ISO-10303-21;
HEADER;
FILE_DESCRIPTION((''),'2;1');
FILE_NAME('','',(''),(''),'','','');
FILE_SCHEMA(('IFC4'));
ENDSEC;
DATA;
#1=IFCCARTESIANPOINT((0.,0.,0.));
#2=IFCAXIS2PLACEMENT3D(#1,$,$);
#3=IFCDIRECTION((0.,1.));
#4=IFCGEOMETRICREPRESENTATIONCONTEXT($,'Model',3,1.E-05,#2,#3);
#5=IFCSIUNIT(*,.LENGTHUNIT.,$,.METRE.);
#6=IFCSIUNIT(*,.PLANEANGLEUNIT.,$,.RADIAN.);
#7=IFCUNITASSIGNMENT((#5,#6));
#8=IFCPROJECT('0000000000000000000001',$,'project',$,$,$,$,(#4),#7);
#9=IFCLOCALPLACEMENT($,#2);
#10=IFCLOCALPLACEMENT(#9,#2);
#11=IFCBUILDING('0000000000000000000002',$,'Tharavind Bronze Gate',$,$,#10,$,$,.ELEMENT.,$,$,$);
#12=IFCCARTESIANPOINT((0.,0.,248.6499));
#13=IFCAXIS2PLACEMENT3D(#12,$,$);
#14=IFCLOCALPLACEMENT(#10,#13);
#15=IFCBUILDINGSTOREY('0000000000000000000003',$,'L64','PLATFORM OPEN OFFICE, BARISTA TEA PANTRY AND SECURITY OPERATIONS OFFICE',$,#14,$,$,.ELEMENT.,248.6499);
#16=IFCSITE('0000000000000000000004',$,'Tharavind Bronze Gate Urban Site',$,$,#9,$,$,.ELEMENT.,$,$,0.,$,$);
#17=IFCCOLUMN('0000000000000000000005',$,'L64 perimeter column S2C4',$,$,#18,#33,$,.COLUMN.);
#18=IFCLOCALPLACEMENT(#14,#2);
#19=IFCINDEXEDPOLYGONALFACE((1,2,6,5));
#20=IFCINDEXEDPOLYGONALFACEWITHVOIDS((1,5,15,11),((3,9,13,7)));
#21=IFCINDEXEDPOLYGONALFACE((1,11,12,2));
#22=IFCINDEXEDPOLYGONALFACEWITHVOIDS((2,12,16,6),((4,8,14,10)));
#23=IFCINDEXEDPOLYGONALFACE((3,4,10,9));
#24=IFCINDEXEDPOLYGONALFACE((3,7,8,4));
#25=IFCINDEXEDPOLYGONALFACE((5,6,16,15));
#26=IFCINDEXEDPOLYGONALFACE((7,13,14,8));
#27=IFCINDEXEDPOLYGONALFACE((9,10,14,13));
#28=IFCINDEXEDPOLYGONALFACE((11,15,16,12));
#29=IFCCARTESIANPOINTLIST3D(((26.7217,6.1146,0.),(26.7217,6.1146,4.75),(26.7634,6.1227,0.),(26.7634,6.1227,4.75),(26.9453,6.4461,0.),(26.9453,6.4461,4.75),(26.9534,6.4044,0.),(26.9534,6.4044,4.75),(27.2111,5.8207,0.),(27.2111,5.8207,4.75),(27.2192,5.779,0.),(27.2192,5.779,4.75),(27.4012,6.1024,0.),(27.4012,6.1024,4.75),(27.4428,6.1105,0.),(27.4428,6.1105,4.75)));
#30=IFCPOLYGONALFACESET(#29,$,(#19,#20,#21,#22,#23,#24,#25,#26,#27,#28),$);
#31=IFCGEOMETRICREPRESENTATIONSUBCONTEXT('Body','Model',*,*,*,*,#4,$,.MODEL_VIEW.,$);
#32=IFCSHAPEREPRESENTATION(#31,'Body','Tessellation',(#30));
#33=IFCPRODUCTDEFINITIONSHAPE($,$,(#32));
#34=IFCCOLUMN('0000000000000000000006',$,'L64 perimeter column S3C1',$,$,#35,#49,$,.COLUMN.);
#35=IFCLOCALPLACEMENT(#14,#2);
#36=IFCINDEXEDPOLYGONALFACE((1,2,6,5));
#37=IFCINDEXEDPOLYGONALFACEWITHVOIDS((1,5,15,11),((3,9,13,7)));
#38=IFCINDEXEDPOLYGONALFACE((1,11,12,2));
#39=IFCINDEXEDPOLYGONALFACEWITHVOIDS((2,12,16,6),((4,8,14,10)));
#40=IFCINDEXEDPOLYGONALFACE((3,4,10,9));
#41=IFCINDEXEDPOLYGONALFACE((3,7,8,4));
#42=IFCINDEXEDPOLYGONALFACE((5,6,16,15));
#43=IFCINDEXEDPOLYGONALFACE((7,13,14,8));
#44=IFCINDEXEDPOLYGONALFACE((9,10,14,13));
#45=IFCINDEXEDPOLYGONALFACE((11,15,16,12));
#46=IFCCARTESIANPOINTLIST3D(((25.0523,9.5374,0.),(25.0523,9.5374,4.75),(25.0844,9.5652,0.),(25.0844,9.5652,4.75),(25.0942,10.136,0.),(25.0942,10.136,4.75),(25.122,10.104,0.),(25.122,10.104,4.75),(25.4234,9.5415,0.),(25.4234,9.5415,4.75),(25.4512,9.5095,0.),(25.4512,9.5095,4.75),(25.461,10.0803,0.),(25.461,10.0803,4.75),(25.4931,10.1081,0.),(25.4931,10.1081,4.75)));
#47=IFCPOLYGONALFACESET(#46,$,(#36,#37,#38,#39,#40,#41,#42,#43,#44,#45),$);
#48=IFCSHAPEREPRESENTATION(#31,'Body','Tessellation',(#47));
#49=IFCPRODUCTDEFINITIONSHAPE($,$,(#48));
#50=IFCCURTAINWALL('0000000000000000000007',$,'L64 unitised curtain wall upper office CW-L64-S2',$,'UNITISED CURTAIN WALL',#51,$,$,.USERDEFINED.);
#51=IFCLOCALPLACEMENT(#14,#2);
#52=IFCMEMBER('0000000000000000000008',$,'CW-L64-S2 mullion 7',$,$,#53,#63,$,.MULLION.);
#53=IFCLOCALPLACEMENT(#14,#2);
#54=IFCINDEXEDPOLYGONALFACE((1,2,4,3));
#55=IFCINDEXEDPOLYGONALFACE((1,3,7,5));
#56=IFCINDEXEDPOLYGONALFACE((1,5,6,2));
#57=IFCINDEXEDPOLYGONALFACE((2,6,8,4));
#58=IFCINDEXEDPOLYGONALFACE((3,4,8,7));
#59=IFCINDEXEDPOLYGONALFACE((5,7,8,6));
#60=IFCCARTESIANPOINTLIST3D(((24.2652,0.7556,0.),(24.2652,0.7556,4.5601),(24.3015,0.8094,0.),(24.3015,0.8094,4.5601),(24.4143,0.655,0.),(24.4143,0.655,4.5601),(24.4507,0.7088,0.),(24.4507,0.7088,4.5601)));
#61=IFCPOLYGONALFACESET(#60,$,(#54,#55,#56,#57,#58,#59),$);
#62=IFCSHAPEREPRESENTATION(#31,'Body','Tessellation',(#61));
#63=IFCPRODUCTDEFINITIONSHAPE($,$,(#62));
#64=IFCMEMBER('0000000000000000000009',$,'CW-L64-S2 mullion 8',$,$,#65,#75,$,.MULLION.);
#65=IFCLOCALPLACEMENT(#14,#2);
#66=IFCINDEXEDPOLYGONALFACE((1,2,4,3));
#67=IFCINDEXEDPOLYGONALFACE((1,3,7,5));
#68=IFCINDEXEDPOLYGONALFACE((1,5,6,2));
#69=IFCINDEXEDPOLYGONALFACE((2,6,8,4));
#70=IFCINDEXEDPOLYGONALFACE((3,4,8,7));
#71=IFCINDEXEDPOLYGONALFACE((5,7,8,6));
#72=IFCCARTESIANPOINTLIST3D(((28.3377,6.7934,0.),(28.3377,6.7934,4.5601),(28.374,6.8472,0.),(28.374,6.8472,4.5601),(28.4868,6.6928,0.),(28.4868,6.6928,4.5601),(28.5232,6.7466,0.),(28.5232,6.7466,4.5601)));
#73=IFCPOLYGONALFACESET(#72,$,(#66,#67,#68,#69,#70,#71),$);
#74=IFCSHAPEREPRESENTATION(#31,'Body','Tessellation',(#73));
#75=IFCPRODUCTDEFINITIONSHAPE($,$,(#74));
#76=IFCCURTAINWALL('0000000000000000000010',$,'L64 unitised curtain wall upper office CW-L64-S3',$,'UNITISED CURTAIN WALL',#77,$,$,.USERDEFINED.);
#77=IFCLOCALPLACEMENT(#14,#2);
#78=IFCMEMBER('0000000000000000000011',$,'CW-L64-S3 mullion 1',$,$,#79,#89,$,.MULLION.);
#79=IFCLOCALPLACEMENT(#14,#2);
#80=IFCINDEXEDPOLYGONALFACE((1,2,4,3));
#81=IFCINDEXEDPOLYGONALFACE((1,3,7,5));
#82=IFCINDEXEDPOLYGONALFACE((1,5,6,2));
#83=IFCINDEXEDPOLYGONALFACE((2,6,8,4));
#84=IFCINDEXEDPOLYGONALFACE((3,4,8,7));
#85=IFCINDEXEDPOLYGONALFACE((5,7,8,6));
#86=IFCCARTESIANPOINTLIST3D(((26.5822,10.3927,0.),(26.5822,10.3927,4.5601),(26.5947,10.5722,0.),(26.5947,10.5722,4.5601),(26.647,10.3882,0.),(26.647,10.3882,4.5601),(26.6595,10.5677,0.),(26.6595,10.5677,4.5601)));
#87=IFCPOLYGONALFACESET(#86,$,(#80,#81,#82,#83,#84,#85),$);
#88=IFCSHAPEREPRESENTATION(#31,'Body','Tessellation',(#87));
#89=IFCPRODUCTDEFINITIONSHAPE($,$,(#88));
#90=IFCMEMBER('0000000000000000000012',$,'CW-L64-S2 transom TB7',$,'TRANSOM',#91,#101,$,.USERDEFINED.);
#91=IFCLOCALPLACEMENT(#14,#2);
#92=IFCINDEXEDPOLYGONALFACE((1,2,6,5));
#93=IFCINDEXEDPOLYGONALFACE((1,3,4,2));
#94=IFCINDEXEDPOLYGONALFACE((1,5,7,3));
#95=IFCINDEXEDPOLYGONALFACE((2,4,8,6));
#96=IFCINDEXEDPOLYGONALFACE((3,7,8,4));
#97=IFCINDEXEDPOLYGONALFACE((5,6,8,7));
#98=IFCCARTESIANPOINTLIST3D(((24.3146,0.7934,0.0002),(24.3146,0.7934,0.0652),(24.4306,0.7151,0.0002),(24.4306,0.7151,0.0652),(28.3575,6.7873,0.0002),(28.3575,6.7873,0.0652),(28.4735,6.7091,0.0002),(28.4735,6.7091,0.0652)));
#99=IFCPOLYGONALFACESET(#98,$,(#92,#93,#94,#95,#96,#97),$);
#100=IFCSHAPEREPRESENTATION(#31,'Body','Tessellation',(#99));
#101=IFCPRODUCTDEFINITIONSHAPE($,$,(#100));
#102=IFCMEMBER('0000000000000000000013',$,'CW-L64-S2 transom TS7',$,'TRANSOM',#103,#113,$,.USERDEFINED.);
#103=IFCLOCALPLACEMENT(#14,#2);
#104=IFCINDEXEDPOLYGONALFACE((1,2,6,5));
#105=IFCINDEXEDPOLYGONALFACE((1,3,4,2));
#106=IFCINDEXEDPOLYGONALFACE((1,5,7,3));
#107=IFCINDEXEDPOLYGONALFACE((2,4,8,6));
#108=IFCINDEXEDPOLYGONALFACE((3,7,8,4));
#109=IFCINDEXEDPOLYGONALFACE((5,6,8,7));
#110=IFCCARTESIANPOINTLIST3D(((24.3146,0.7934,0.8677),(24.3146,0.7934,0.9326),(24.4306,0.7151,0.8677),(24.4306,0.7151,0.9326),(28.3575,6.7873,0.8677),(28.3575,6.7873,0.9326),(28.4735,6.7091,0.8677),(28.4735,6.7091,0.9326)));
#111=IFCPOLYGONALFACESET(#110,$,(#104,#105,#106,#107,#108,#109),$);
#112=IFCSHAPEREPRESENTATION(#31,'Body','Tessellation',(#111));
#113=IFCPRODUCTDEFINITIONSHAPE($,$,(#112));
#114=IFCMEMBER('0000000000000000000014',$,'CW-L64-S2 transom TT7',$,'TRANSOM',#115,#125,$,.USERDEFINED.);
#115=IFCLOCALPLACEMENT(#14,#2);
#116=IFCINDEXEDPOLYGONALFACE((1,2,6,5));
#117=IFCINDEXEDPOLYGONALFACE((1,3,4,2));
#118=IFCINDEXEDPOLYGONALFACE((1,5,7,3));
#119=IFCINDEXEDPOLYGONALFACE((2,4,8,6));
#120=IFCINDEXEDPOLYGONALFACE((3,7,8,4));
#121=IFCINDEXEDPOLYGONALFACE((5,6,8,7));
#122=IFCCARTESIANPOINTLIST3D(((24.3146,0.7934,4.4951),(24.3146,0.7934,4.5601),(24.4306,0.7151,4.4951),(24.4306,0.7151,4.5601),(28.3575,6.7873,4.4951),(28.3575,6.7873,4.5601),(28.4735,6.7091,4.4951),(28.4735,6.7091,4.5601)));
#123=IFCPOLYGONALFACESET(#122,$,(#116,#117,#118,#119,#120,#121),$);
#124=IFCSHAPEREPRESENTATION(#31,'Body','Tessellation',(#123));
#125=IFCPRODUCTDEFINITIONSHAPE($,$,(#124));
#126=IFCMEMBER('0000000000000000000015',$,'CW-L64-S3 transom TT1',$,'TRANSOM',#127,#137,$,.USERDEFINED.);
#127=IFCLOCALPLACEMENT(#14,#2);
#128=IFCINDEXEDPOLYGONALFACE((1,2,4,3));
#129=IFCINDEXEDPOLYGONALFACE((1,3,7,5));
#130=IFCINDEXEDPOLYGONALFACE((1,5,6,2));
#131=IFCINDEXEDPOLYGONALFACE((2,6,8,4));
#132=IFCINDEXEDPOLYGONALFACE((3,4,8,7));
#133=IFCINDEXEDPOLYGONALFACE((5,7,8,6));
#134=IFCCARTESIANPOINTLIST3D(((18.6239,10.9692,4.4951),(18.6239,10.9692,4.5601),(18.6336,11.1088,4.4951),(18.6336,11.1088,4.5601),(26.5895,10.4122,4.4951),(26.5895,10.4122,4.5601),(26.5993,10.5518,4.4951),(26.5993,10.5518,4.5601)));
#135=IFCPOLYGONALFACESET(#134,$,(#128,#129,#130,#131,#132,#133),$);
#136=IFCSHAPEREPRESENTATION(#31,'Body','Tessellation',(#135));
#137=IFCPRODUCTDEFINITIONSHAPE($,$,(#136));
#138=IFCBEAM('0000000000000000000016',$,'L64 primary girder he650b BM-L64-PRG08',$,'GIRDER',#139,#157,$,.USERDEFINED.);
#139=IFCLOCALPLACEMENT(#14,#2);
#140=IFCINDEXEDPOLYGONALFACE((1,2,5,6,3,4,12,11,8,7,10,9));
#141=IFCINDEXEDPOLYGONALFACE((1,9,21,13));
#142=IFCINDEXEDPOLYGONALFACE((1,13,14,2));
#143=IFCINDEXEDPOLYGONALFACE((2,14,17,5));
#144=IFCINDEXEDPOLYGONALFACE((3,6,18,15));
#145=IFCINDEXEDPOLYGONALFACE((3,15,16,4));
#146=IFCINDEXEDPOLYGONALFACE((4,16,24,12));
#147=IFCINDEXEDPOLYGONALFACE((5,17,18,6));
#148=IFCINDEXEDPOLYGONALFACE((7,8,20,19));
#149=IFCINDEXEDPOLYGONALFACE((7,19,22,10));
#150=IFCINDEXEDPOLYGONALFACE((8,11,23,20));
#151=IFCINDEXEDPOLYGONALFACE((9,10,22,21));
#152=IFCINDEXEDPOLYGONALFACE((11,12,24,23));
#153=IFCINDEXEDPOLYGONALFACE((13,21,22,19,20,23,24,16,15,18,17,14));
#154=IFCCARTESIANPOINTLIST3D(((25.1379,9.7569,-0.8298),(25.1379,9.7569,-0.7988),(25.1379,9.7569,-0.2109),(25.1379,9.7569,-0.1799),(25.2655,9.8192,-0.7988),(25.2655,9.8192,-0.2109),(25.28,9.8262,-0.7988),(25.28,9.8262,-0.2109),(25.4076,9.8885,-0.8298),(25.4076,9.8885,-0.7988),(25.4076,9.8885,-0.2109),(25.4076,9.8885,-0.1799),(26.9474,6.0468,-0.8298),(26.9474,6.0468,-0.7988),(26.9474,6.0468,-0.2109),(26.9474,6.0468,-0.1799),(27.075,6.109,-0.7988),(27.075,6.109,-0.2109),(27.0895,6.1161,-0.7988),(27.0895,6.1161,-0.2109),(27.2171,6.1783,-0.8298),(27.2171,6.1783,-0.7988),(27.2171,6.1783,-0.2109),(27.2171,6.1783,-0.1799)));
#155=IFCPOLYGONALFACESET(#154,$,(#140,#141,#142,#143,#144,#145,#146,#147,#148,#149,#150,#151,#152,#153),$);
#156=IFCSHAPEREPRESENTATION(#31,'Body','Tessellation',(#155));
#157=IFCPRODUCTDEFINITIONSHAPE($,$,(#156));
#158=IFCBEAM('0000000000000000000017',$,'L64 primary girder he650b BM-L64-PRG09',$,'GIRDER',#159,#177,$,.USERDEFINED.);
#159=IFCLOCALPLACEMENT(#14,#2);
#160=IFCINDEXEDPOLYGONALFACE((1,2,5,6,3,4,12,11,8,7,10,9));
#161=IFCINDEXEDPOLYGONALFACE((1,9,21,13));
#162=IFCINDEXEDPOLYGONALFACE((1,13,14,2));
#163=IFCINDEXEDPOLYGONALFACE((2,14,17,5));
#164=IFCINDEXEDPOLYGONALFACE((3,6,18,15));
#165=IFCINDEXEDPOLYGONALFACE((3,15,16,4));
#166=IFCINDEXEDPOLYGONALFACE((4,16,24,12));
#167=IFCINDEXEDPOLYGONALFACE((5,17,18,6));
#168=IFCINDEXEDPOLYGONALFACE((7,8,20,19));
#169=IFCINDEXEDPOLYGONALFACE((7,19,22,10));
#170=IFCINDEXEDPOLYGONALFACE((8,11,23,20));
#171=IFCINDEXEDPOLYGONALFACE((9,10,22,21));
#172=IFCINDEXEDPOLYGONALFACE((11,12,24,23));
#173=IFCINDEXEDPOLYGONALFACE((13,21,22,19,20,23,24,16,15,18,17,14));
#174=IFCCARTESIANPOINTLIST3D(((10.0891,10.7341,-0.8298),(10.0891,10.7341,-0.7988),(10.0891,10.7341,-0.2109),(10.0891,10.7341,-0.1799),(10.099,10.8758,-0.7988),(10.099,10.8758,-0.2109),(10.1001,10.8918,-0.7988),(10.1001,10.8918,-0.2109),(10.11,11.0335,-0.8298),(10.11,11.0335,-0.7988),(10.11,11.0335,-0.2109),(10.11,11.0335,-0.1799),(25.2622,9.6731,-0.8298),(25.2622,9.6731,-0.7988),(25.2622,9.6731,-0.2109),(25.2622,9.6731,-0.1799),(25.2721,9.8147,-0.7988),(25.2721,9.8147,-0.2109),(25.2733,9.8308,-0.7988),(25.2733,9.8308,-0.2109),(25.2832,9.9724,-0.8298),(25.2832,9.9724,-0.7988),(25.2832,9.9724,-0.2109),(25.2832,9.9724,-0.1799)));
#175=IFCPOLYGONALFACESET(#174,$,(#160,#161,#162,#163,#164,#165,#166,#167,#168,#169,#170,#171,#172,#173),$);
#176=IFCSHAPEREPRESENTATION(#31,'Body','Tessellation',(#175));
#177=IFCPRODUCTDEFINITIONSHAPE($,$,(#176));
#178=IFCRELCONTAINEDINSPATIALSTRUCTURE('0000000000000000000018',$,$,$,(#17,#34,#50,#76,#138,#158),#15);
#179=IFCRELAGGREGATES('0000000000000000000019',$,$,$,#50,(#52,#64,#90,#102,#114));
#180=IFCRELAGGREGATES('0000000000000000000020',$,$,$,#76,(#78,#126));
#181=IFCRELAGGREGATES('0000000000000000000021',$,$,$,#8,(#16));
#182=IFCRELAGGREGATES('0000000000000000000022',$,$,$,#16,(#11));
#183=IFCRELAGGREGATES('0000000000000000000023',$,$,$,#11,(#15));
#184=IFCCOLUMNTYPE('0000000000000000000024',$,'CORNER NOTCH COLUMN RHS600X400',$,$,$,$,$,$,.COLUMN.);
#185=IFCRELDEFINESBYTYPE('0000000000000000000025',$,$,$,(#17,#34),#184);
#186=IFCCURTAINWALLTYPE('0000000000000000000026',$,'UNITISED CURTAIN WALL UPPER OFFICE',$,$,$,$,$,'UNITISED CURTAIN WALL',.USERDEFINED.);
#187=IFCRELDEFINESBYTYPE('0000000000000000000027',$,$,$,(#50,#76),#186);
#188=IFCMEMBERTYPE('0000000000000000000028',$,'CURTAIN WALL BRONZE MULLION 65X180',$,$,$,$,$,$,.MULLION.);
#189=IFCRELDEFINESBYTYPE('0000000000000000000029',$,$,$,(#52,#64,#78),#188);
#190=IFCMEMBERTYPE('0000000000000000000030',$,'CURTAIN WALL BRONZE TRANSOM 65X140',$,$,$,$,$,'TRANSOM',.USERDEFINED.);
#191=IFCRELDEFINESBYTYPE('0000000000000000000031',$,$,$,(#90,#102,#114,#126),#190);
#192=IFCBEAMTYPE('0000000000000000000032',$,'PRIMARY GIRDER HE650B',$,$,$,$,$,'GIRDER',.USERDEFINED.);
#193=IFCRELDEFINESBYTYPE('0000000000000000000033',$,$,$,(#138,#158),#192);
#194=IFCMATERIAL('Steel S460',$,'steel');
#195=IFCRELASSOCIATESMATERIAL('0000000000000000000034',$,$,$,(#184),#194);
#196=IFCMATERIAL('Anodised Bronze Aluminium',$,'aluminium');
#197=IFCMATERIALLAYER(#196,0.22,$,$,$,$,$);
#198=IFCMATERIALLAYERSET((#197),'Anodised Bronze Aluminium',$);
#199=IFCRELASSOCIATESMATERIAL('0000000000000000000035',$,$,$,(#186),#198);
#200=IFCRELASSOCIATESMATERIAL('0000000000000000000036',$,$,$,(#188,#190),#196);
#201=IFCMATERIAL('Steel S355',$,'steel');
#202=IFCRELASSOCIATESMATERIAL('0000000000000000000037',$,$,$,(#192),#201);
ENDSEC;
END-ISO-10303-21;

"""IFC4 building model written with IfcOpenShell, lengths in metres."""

from ifc_helpers import new_model, si_unit, direction, frame, origin, origin_2d, place, context, subcontext, project, spatial, rectangle, hollow_rectangle, i_section, extrude, material, layer, layer_set, material_profile, profile_set, type_object, element, aggregate, save


model = new_model("IFC4")

# Units and contexts
model_context = context("Model", 3, precision=1e-05, world=origin(), true_north=direction((0.0, 1.0)))
body_context = subcontext(model_context, "Body", "Model", "MODEL_VIEW")
ifc_project = project(units=[si_unit("LENGTHUNIT", "METRE"), si_unit("PLANEANGLEUNIT", "RADIAN")], contexts=[model_context])

# Site, building, storey
site_placement = place(None, origin())
site = spatial("IfcSite", under=ifc_project, at=site_placement, Name="Tharavind Bronze Gate Urban Site", CompositionType="ELEMENT", RefElevation=0.0)
building_placement = place(site_placement, origin())
building = spatial("IfcBuilding", under=site, at=building_placement, Name="Tharavind Bronze Gate", CompositionType="ELEMENT")
storey_placement = place(building_placement, frame((0.0, 0.0, 248.6499)))
storey = spatial("IfcBuildingStorey", under=building, at=storey_placement, Name="L64", Description="PLATFORM OPEN OFFICE, BARISTA TEA PANTRY AND SECURITY OPERATIONS OFFICE", CompositionType="ELEMENT", Elevation=248.6499)

# Columns
ifc_material_1 = material(Name="Steel S460", Category="steel")
ifc_material_profile_1 = material_profile(ifc_material_1, hollow_rectangle(XDim=0.3999, YDim=0.6001, WallThickness=0.03, at=origin_2d()), Name="RHS600X400X30")
ifc_profile_set_1 = profile_set([ifc_material_profile_1], Name="Steel S460")
column_type = type_object("IfcColumnType", Name="CORNER NOTCH COLUMN RHS600X400", PredefinedType="COLUMN", material=ifc_profile_set_1)
for number, where, z_axis, x_axis, name in (
    (1, (27.0823, 6.1125, 0.0), (0.0, 0.0, 1.0), (0.559194, 0.829037, 0.0), "L64 perimeter column S2C4"),
    (2, (25.2727, 9.8228, 0.0), (0.0, 0.0, 1.0), (-0.997564, 0.069756, 0.0), "L64 perimeter column S3C1"),
):
    element("IfcColumn", number, at=place(storey_placement, frame(where, z_axis=z_axis, x_axis=x_axis)), inside=storey, type_object=column_type, Name=name, PredefinedType="COLUMN", context=body_context, shape_type="SweptSolid", body=[
        extrude(hollow_rectangle(XDim=0.3999, YDim=0.6001, WallThickness=0.03, at=origin_2d()), origin(), (0.0, 0.0, 1.0), 4.75),
    ])

# Curtain wall, members
ifc_material_2 = material(Name="Anodised Bronze Aluminium", Category="aluminium")
ifc_layer_1 = layer(ifc_material_2, 0.22)
ifc_layer_set_1 = layer_set([ifc_layer_1], Name="Anodised Bronze Aluminium")
curtain_wall_type = type_object("IfcCurtainWallType", Name="UNITISED CURTAIN WALL UPPER OFFICE", ElementType="UNITISED CURTAIN WALL", PredefinedType="USERDEFINED", material=ifc_layer_set_1)
curtain_wall_1_placement = place(storey_placement, origin())
curtain_wall_1 = element("IfcCurtainWall", 3, at=curtain_wall_1_placement, inside=storey, type_object=curtain_wall_type, Name="L64 unitised curtain wall upper office CW-L64-S2", ObjectType="UNITISED CURTAIN WALL", PredefinedType="USERDEFINED")
member_type_1 = type_object("IfcMemberType", Name="CURTAIN WALL BRONZE MULLION 65X180", PredefinedType="MULLION", material=ifc_material_2)
member_1_placement = place(storey_placement, frame((24.3579, 0.7322, 0.0), z_axis=(0.0, 0.0, 1.0), x_axis=(0.559193, 0.829038, 0.0)))
member_1 = element("IfcMember", 4, at=member_1_placement, type_object=member_type_1, Name="CW-L64-S2 mullion 7", PredefinedType="MULLION", context=body_context, shape_type="SweptSolid", body=[
    extrude(rectangle(XDim=0.0649, YDim=0.1799, at=origin_2d()), origin(), (0.0, 0.0, 1.0), 4.5601),
])
member_2_placement = place(storey_placement, frame((28.4304, 6.77, 0.0), z_axis=(0.0, 0.0, 1.0), x_axis=(0.559193, 0.829038, 0.0)))
member_2 = element("IfcMember", 5, at=member_2_placement, type_object=member_type_1, Name="CW-L64-S2 mullion 8", PredefinedType="MULLION", context=body_context, shape_type="SweptSolid", body=[
    extrude(rectangle(XDim=0.0649, YDim=0.1799, at=origin_2d()), origin(), (0.0, 0.0, 1.0), 4.5601),
])

# Curtain wall, member
curtain_wall_2_placement = place(storey_placement, origin())
curtain_wall_2 = element("IfcCurtainWall", 6, at=curtain_wall_2_placement, inside=storey, type_object=curtain_wall_type, Name="L64 unitised curtain wall upper office CW-L64-S3", ObjectType="UNITISED CURTAIN WALL", PredefinedType="USERDEFINED")
member_3_placement = place(storey_placement, frame((26.6208, 10.4802, 0.0), z_axis=(0.0, 0.0, 1.0), x_axis=(-0.997564, 0.069758, 0.0)))
member_3 = element("IfcMember", 7, at=member_3_placement, type_object=member_type_1, Name="CW-L64-S3 mullion 1", PredefinedType="MULLION", context=body_context, shape_type="SweptSolid", body=[
    extrude(rectangle(XDim=0.0649, YDim=0.1799, at=origin_2d()), origin(), (0.0, 0.0, 1.0), 4.5601),
])

# Members
member_type_2 = type_object("IfcMemberType", Name="CURTAIN WALL BRONZE TRANSOM 65X140", ElementType="TRANSOM", PredefinedType="USERDEFINED", material=ifc_material_2)
member_4_placement = place(storey_placement, frame((26.394, 3.7512, 0.0002), z_axis=(0.0, 0.0, 1.0), x_axis=(0.559193, 0.829038, 0.0)))
member_4 = element("IfcMember", 8, at=member_4_placement, type_object=member_type_2, Name="CW-L64-S2 transom TB7", ObjectType="TRANSOM", PredefinedType="USERDEFINED", context=body_context, shape_type="SweptSolid", body=[
    extrude(rectangle(XDim=7.23, YDim=0.1399, at=origin_2d()), origin(), (0.0, 0.0, 1.0), 0.0649),
])
member_5_placement = place(storey_placement, frame((26.394, 3.7512, 0.8677), z_axis=(0.0, 0.0, 1.0), x_axis=(0.559193, 0.829038, 0.0)))
member_5 = element("IfcMember", 9, at=member_5_placement, type_object=member_type_2, Name="CW-L64-S2 transom TS7", ObjectType="TRANSOM", PredefinedType="USERDEFINED", context=body_context, shape_type="SweptSolid", body=[
    extrude(rectangle(XDim=7.23, YDim=0.1399, at=origin_2d()), origin(), (0.0, 0.0, 1.0), 0.0649),
])
member_6_placement = place(storey_placement, frame((26.394, 3.7512, 4.4951), z_axis=(0.0, 0.0, 1.0), x_axis=(0.559193, 0.829038, 0.0)))
member_6 = element("IfcMember", 10, at=member_6_placement, type_object=member_type_2, Name="CW-L64-S2 transom TT7", ObjectType="TRANSOM", PredefinedType="USERDEFINED", context=body_context, shape_type="SweptSolid", body=[
    extrude(rectangle(XDim=7.23, YDim=0.1399, at=origin_2d()), origin(), (0.0, 0.0, 1.0), 0.0649),
])
member_7_placement = place(storey_placement, frame((22.6116, 10.7605, 4.4951), z_axis=(0.0, 0.0, 1.0), x_axis=(-0.997564, 0.069758, 0.0)))
member_7 = element("IfcMember", 11, at=member_7_placement, type_object=member_type_2, Name="CW-L64-S3 transom TT1", ObjectType="TRANSOM", PredefinedType="USERDEFINED", context=body_context, shape_type="SweptSolid", body=[
    extrude(rectangle(XDim=7.9851, YDim=0.1399, at=origin_2d()), origin(), (0.0, 0.0, 1.0), 0.0649),
])

# Beams
ifc_material_3 = material(Name="Steel S355", Category="steel")
ifc_material_profile_2 = material_profile(ifc_material_3, i_section(OverallWidth=0.3, OverallDepth=0.6499, WebThickness=0.0161, FlangeThickness=0.031, at=origin_2d()), Name="HE650B")
ifc_profile_set_2 = profile_set([ifc_material_profile_2], Name="Steel S355")
beam_type_1 = type_object("IfcBeamType", Name="PRIMARY GIRDER HE650B", ElementType="GIRDER", PredefinedType="USERDEFINED", material=ifc_profile_set_2)
beam_1_placement = place(storey_placement, frame((27.0823, 6.1125, -0.5049), z_axis=(-0.438368, 0.898796, 0.0), x_axis=(-0.898796, -0.438368, 0.0)))
element("IfcBeam", 12, at=beam_1_placement, inside=storey, type_object=beam_type_1, Name="L64 primary girder he650b BM-L64-PRG08", ObjectType="GIRDER", PredefinedType="USERDEFINED", context=body_context, shape_type="SweptSolid", body=[
    extrude(i_section(OverallWidth=0.3, OverallDepth=0.6499, WebThickness=0.0161, FlangeThickness=0.031, at=origin_2d()), origin(), (0.0, 0.0, 1.0), 4.1279),
])
beam_2_placement = place(storey_placement, frame((25.2727, 9.8228, -0.5049), z_axis=(-0.997564, 0.069758, 0.0), x_axis=(-0.069758, -0.997564, 0.0)))
element("IfcBeam", 13, at=beam_2_placement, inside=storey, type_object=beam_type_1, Name="L64 primary girder he650b BM-L64-PRG09", ObjectType="GIRDER", PredefinedType="USERDEFINED", context=body_context, shape_type="SweptSolid", body=[
    extrude(i_section(OverallWidth=0.3, OverallDepth=0.6499, WebThickness=0.0161, FlangeThickness=0.031, at=origin_2d()), origin(), (0.0, 0.0, 1.0), 15.2102),
])

aggregate(curtain_wall_1, [member_1, member_2, member_4, member_5, member_6])
aggregate(curtain_wall_2, [member_3, member_7])

save(model, "model.ifc")
